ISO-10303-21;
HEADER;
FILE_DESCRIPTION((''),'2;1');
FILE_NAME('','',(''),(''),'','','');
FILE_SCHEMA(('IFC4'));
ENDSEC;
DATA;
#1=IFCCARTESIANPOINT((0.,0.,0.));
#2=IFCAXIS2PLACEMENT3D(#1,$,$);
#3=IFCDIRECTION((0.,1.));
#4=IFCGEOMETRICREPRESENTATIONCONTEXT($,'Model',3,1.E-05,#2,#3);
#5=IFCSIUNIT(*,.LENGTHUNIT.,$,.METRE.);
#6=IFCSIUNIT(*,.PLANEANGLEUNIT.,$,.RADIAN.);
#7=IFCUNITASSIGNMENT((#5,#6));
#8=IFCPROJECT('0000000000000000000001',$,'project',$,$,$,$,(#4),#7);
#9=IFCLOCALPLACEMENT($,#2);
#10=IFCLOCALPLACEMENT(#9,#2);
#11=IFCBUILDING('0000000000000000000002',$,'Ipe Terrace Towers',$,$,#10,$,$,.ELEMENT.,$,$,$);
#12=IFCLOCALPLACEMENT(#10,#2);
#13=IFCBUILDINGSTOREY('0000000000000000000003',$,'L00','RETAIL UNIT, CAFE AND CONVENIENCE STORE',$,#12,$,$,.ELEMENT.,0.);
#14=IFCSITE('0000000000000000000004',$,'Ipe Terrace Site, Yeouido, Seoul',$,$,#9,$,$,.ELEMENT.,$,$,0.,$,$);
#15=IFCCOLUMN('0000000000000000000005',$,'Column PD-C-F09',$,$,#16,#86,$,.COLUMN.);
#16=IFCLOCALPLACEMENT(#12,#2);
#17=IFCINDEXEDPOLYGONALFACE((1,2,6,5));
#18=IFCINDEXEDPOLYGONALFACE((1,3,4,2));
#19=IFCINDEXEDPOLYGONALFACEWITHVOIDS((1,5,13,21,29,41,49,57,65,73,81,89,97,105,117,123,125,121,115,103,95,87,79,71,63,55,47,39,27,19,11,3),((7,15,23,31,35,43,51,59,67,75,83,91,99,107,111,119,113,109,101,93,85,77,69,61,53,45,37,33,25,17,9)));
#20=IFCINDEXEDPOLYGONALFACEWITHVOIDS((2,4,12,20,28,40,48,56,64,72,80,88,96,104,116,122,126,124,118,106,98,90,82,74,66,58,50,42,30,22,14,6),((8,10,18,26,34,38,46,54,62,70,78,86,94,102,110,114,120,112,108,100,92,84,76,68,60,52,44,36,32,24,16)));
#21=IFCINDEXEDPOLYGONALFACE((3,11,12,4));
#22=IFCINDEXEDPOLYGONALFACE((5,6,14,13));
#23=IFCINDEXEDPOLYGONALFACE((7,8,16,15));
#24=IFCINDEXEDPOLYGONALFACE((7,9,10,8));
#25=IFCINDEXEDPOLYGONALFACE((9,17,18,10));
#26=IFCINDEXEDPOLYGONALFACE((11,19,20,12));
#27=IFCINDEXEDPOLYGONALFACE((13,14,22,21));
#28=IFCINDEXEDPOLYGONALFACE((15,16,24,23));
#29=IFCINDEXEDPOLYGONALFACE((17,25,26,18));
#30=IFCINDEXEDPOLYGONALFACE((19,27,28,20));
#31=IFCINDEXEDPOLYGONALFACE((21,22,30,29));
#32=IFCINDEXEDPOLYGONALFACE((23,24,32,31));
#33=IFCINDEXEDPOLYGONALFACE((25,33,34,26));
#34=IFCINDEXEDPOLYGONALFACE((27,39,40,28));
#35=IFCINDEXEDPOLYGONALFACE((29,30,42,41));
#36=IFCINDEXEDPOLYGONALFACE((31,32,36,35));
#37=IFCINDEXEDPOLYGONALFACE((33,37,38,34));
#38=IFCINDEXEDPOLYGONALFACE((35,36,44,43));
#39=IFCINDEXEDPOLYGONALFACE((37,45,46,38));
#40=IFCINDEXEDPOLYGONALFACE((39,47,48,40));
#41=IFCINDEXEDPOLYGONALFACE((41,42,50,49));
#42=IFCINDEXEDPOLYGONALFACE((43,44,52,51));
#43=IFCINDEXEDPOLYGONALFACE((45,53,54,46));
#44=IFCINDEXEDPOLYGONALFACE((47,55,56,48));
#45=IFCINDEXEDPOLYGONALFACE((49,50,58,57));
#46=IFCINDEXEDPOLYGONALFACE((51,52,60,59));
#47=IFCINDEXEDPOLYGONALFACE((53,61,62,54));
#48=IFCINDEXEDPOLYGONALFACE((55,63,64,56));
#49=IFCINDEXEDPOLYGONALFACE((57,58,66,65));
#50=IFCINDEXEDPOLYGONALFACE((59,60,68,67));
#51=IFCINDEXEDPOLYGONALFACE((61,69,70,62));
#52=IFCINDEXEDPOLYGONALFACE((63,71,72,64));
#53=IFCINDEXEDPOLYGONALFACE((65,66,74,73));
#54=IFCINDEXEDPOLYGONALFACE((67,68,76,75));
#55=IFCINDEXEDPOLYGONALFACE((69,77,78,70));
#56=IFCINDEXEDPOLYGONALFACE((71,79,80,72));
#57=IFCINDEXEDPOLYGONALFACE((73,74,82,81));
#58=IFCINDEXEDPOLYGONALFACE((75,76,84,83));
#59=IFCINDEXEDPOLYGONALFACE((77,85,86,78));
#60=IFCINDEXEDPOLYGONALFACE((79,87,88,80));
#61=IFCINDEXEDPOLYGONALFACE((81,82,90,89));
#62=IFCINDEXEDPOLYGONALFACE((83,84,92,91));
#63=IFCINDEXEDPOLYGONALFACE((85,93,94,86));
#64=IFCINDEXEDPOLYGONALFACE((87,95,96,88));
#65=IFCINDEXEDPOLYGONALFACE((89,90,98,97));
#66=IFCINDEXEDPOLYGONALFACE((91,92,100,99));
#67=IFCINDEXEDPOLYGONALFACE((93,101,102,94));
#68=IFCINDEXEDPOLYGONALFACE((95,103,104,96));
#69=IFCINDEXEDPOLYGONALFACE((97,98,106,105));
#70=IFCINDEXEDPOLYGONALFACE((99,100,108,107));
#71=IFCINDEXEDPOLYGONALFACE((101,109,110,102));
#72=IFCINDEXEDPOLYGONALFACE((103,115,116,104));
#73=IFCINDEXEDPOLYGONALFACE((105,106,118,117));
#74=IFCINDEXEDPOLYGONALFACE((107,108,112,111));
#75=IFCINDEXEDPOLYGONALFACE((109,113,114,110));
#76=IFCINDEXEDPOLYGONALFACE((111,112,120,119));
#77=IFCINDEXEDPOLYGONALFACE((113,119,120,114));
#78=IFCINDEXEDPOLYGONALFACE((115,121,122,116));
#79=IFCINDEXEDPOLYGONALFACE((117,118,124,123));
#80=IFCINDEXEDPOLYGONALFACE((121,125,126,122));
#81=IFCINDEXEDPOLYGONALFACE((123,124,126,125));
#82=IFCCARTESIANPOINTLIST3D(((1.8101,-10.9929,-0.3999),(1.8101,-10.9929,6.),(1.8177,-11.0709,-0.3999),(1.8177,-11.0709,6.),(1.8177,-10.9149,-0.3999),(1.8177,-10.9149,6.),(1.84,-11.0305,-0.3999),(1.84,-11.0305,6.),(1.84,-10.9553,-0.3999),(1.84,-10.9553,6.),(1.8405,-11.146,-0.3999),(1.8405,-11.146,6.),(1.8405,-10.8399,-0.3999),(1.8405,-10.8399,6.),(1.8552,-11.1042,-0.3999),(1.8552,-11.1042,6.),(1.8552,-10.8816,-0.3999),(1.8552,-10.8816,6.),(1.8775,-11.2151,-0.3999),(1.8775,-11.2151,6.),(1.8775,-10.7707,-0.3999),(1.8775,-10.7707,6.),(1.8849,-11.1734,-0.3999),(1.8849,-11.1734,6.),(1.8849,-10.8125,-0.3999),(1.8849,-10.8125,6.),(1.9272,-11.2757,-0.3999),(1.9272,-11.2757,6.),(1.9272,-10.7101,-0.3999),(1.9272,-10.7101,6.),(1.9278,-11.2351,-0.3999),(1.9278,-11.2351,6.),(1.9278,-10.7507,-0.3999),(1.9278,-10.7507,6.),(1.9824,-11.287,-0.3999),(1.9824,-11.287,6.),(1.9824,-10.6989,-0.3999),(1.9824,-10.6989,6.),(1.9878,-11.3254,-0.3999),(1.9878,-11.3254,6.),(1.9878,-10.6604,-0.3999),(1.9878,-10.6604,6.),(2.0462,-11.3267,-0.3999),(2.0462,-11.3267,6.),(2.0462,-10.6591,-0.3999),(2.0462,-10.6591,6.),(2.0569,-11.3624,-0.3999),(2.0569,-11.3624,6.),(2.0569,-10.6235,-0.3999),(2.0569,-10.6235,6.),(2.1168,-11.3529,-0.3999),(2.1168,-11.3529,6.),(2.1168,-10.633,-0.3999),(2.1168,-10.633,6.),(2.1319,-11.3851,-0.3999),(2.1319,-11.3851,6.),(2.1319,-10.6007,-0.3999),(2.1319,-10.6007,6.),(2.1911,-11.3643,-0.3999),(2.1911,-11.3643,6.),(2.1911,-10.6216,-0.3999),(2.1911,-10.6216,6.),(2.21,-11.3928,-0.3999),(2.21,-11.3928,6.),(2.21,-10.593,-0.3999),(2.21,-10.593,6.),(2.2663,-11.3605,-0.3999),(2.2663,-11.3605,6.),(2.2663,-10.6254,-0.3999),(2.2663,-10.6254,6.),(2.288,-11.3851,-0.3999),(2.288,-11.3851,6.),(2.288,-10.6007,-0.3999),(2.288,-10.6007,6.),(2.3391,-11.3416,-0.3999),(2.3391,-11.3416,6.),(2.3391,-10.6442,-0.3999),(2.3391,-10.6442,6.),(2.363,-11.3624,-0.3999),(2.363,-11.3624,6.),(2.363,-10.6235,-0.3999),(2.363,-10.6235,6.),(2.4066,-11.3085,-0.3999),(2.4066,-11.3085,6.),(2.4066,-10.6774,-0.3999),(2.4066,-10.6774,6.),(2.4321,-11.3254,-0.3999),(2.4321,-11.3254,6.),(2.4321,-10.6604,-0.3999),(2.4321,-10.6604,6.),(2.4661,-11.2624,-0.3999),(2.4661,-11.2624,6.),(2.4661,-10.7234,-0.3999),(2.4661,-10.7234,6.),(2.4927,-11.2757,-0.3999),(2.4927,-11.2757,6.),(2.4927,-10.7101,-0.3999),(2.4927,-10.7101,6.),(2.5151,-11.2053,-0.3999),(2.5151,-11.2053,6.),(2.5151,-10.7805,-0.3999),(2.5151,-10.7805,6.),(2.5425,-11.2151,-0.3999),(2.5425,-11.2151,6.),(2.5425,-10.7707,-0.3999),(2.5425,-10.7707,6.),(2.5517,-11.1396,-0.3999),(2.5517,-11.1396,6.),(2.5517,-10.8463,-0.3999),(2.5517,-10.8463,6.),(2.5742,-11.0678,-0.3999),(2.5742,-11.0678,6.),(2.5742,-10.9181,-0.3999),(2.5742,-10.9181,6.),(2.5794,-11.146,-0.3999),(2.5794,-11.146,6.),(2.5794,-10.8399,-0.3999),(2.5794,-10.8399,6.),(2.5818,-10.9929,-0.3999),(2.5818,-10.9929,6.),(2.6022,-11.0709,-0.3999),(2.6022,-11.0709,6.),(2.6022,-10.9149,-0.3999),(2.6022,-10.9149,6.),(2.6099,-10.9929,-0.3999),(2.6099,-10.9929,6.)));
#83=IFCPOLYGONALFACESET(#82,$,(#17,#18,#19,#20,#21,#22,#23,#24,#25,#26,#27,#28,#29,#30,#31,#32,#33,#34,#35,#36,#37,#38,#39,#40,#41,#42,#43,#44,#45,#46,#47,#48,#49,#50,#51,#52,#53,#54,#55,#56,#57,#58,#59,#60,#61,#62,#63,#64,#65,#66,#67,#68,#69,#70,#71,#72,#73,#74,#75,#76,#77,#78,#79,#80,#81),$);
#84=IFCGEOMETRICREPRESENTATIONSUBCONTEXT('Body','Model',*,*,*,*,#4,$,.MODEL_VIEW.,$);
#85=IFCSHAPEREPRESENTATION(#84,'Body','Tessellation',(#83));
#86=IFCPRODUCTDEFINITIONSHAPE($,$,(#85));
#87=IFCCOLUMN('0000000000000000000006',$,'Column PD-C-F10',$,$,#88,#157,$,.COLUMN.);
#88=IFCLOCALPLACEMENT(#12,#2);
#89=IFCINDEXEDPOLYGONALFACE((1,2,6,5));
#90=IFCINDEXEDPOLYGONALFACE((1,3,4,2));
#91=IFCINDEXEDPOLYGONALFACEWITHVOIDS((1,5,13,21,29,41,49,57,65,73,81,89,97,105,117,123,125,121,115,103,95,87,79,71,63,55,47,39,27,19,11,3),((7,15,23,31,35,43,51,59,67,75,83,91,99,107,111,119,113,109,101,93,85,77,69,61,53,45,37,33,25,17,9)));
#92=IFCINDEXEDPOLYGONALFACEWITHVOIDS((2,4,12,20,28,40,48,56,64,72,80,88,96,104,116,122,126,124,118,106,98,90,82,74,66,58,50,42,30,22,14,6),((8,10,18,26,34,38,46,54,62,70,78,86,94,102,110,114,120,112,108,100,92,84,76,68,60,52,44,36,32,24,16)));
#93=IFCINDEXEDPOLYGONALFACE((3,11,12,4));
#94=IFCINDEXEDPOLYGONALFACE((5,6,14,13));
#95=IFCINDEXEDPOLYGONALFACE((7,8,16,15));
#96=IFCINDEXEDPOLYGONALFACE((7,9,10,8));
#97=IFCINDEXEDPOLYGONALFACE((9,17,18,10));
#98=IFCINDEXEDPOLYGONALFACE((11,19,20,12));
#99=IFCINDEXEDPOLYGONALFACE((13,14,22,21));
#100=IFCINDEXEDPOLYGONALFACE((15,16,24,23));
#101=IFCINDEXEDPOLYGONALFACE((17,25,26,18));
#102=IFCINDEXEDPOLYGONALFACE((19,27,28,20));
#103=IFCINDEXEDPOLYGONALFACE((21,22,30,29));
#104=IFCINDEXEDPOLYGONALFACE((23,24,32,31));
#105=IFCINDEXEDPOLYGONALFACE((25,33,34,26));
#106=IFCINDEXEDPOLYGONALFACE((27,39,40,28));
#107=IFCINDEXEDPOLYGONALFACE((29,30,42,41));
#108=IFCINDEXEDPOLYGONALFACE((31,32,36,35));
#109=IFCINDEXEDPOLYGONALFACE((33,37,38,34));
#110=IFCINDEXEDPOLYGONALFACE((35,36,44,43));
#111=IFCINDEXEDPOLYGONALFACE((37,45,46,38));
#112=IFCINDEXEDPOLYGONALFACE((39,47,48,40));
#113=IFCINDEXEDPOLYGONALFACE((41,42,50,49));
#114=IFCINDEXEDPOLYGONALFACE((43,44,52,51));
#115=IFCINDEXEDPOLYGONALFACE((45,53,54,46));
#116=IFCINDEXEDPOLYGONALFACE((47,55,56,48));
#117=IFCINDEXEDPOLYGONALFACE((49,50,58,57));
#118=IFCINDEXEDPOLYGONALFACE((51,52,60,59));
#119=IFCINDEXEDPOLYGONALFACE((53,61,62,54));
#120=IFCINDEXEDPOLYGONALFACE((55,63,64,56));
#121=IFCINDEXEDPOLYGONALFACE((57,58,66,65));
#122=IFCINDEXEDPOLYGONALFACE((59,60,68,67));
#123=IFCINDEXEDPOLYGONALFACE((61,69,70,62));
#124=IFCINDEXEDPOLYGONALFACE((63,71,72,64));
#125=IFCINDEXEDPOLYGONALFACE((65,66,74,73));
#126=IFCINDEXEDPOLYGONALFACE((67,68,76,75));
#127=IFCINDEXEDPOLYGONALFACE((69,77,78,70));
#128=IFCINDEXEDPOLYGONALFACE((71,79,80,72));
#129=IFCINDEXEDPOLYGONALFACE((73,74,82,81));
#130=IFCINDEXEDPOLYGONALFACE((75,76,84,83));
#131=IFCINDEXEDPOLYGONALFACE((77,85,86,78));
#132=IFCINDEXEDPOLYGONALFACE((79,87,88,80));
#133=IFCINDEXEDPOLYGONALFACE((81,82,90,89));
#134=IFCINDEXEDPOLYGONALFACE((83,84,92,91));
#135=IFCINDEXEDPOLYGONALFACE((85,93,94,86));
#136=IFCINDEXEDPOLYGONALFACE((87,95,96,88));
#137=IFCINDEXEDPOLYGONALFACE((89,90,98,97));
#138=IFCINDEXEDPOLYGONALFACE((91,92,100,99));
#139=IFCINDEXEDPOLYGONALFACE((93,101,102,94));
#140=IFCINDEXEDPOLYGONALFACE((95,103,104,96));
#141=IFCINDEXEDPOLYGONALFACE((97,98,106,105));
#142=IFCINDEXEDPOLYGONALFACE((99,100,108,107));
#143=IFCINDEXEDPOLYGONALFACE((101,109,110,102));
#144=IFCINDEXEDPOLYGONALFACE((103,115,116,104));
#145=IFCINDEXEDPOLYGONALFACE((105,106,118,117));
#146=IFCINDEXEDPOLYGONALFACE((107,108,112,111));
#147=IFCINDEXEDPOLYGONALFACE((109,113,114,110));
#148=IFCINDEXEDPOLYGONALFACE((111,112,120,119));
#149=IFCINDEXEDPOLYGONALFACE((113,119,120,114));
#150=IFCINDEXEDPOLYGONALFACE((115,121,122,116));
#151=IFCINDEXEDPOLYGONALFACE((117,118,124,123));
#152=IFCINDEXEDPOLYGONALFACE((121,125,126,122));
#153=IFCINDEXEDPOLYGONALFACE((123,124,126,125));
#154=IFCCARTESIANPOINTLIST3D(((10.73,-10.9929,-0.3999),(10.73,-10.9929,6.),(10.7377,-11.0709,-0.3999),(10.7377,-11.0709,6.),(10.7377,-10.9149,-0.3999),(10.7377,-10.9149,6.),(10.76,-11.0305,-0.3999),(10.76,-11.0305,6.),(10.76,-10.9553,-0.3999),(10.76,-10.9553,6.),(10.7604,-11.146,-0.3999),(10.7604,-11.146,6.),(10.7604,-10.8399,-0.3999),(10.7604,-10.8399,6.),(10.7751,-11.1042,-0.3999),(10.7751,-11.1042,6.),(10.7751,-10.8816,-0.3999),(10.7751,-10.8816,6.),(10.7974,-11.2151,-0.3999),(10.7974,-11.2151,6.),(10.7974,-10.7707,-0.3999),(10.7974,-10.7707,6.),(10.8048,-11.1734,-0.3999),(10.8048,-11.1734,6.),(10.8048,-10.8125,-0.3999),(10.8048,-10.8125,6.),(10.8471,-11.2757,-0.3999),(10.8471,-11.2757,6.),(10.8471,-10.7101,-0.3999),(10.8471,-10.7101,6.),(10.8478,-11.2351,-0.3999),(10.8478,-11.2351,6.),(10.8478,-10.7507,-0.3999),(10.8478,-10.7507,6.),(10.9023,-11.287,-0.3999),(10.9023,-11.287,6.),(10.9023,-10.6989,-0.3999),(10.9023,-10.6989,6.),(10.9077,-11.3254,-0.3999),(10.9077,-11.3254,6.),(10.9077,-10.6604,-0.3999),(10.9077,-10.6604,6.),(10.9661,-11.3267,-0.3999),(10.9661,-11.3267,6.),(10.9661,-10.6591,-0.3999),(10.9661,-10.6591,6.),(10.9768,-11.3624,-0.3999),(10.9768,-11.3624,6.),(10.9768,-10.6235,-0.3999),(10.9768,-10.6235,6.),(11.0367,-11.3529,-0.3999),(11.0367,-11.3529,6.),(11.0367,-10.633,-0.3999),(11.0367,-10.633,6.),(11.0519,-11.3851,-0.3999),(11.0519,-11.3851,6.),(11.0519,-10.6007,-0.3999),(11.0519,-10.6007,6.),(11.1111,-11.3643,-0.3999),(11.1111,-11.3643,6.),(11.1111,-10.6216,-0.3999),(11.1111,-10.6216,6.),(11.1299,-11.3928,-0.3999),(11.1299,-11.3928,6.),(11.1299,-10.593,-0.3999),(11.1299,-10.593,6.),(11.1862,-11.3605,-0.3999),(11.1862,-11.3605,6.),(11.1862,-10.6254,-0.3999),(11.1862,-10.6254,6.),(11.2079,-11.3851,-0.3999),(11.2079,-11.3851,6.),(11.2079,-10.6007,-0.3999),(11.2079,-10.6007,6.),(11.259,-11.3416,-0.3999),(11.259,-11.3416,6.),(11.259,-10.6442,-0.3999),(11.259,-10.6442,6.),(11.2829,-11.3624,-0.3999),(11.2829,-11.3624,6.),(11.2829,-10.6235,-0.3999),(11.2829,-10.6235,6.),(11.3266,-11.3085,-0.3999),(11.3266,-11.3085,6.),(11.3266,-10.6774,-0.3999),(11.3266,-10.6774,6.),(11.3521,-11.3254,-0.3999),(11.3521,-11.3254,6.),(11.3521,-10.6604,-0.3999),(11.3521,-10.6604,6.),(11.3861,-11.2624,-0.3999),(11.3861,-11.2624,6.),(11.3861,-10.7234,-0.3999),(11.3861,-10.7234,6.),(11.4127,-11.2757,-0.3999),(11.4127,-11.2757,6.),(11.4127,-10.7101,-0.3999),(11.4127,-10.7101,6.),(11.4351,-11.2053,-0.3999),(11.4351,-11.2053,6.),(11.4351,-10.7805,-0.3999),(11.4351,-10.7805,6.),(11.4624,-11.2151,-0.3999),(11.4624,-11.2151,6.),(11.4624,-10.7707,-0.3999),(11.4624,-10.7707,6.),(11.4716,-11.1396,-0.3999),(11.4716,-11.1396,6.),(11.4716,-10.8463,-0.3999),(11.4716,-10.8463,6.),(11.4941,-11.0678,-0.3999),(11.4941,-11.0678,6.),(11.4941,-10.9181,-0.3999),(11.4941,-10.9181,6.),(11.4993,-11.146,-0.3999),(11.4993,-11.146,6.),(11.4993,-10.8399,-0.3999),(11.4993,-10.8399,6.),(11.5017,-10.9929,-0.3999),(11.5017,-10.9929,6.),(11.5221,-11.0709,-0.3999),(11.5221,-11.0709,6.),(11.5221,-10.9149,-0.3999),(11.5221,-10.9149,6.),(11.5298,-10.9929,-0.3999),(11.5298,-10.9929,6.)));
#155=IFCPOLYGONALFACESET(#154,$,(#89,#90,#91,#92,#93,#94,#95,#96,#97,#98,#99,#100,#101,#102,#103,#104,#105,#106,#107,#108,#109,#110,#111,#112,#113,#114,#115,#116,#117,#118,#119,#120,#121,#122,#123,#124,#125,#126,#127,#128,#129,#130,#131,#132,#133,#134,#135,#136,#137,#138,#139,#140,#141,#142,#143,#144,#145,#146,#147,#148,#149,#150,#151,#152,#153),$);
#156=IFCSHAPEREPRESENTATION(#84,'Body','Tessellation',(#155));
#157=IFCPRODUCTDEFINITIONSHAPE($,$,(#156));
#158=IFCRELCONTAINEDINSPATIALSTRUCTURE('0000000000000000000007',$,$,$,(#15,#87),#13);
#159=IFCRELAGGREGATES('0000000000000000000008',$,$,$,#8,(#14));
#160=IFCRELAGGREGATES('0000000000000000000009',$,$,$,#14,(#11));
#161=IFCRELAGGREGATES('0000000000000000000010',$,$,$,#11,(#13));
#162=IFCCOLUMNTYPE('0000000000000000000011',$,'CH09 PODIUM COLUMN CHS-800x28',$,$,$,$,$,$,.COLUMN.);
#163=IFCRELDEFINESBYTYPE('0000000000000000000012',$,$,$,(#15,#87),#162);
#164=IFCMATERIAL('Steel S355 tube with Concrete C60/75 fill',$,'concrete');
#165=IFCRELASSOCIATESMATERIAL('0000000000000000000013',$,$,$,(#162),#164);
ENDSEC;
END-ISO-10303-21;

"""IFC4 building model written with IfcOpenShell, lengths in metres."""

from ifc_helpers import new_model, si_unit, direction, frame, origin, origin_2d, place, context, subcontext, project, spatial, hollow_circle, extrude, material, material_profile, profile_set, type_object, element, save


model = new_model("IFC4")

# Units and contexts
model_context = context("Model", 3, precision=1e-05, world=origin(), true_north=direction((0.0, 1.0)))
body_context = subcontext(model_context, "Body", "Model", "MODEL_VIEW")
ifc_project = project(units=[si_unit("LENGTHUNIT", "METRE"), si_unit("PLANEANGLEUNIT", "RADIAN")], contexts=[model_context])

# Site, building, storey
site_placement = place(None, origin())
site = spatial("IfcSite", under=ifc_project, at=site_placement, Name="Ipe Terrace Site, Yeouido, Seoul", CompositionType="ELEMENT", RefElevation=0.0)
building_placement = place(site_placement, origin())
building = spatial("IfcBuilding", under=site, at=building_placement, Name="Ipe Terrace Towers", CompositionType="ELEMENT")
storey_placement = place(building_placement, origin())
storey = spatial("IfcBuildingStorey", under=building, at=storey_placement, Name="L00", Description="RETAIL UNIT, CAFE AND CONVENIENCE STORE", CompositionType="ELEMENT", Elevation=0.0)

# Columns
ifc_material_1 = material(Name="Steel S355 tube with Concrete C60/75 fill", Category="concrete")
ifc_material_profile_1 = material_profile(ifc_material_1, hollow_circle(Radius=0.3999, WallThickness=0.0281, at=origin_2d()), Name="CHS-800x28")
ifc_profile_set_1 = profile_set([ifc_material_profile_1], Name="Steel S355 tube with Concrete C60/75 fill")
column_type_1 = type_object("IfcColumnType", Name="CH09 PODIUM COLUMN CHS-800x28", PredefinedType="COLUMN", material=ifc_profile_set_1)
for number, where, z_axis, x_axis, name in (
    (1, (2.21, -10.9929, -0.3999), (0.0, 0.0, 1.0), (1.0, 0.0, 0.0), "Column PD-C-F09"),
    (2, (11.1299, -10.9929, -0.3999), (0.0, 0.0, 1.0), (1.0, 0.0, 0.0), "Column PD-C-F10"),
):
    element("IfcColumn", number, at=place(storey_placement, frame(where, z_axis=z_axis, x_axis=x_axis)), inside=storey, type_object=column_type_1, Name=name, PredefinedType="COLUMN", context=body_context, shape_type="SweptSolid", body=[
        extrude(hollow_circle(Radius=0.3999, WallThickness=0.0281, at=origin_2d()), origin(), (0.0, 0.0, 1.0), 6.3999),
    ])

save(model, "model.ifc")
